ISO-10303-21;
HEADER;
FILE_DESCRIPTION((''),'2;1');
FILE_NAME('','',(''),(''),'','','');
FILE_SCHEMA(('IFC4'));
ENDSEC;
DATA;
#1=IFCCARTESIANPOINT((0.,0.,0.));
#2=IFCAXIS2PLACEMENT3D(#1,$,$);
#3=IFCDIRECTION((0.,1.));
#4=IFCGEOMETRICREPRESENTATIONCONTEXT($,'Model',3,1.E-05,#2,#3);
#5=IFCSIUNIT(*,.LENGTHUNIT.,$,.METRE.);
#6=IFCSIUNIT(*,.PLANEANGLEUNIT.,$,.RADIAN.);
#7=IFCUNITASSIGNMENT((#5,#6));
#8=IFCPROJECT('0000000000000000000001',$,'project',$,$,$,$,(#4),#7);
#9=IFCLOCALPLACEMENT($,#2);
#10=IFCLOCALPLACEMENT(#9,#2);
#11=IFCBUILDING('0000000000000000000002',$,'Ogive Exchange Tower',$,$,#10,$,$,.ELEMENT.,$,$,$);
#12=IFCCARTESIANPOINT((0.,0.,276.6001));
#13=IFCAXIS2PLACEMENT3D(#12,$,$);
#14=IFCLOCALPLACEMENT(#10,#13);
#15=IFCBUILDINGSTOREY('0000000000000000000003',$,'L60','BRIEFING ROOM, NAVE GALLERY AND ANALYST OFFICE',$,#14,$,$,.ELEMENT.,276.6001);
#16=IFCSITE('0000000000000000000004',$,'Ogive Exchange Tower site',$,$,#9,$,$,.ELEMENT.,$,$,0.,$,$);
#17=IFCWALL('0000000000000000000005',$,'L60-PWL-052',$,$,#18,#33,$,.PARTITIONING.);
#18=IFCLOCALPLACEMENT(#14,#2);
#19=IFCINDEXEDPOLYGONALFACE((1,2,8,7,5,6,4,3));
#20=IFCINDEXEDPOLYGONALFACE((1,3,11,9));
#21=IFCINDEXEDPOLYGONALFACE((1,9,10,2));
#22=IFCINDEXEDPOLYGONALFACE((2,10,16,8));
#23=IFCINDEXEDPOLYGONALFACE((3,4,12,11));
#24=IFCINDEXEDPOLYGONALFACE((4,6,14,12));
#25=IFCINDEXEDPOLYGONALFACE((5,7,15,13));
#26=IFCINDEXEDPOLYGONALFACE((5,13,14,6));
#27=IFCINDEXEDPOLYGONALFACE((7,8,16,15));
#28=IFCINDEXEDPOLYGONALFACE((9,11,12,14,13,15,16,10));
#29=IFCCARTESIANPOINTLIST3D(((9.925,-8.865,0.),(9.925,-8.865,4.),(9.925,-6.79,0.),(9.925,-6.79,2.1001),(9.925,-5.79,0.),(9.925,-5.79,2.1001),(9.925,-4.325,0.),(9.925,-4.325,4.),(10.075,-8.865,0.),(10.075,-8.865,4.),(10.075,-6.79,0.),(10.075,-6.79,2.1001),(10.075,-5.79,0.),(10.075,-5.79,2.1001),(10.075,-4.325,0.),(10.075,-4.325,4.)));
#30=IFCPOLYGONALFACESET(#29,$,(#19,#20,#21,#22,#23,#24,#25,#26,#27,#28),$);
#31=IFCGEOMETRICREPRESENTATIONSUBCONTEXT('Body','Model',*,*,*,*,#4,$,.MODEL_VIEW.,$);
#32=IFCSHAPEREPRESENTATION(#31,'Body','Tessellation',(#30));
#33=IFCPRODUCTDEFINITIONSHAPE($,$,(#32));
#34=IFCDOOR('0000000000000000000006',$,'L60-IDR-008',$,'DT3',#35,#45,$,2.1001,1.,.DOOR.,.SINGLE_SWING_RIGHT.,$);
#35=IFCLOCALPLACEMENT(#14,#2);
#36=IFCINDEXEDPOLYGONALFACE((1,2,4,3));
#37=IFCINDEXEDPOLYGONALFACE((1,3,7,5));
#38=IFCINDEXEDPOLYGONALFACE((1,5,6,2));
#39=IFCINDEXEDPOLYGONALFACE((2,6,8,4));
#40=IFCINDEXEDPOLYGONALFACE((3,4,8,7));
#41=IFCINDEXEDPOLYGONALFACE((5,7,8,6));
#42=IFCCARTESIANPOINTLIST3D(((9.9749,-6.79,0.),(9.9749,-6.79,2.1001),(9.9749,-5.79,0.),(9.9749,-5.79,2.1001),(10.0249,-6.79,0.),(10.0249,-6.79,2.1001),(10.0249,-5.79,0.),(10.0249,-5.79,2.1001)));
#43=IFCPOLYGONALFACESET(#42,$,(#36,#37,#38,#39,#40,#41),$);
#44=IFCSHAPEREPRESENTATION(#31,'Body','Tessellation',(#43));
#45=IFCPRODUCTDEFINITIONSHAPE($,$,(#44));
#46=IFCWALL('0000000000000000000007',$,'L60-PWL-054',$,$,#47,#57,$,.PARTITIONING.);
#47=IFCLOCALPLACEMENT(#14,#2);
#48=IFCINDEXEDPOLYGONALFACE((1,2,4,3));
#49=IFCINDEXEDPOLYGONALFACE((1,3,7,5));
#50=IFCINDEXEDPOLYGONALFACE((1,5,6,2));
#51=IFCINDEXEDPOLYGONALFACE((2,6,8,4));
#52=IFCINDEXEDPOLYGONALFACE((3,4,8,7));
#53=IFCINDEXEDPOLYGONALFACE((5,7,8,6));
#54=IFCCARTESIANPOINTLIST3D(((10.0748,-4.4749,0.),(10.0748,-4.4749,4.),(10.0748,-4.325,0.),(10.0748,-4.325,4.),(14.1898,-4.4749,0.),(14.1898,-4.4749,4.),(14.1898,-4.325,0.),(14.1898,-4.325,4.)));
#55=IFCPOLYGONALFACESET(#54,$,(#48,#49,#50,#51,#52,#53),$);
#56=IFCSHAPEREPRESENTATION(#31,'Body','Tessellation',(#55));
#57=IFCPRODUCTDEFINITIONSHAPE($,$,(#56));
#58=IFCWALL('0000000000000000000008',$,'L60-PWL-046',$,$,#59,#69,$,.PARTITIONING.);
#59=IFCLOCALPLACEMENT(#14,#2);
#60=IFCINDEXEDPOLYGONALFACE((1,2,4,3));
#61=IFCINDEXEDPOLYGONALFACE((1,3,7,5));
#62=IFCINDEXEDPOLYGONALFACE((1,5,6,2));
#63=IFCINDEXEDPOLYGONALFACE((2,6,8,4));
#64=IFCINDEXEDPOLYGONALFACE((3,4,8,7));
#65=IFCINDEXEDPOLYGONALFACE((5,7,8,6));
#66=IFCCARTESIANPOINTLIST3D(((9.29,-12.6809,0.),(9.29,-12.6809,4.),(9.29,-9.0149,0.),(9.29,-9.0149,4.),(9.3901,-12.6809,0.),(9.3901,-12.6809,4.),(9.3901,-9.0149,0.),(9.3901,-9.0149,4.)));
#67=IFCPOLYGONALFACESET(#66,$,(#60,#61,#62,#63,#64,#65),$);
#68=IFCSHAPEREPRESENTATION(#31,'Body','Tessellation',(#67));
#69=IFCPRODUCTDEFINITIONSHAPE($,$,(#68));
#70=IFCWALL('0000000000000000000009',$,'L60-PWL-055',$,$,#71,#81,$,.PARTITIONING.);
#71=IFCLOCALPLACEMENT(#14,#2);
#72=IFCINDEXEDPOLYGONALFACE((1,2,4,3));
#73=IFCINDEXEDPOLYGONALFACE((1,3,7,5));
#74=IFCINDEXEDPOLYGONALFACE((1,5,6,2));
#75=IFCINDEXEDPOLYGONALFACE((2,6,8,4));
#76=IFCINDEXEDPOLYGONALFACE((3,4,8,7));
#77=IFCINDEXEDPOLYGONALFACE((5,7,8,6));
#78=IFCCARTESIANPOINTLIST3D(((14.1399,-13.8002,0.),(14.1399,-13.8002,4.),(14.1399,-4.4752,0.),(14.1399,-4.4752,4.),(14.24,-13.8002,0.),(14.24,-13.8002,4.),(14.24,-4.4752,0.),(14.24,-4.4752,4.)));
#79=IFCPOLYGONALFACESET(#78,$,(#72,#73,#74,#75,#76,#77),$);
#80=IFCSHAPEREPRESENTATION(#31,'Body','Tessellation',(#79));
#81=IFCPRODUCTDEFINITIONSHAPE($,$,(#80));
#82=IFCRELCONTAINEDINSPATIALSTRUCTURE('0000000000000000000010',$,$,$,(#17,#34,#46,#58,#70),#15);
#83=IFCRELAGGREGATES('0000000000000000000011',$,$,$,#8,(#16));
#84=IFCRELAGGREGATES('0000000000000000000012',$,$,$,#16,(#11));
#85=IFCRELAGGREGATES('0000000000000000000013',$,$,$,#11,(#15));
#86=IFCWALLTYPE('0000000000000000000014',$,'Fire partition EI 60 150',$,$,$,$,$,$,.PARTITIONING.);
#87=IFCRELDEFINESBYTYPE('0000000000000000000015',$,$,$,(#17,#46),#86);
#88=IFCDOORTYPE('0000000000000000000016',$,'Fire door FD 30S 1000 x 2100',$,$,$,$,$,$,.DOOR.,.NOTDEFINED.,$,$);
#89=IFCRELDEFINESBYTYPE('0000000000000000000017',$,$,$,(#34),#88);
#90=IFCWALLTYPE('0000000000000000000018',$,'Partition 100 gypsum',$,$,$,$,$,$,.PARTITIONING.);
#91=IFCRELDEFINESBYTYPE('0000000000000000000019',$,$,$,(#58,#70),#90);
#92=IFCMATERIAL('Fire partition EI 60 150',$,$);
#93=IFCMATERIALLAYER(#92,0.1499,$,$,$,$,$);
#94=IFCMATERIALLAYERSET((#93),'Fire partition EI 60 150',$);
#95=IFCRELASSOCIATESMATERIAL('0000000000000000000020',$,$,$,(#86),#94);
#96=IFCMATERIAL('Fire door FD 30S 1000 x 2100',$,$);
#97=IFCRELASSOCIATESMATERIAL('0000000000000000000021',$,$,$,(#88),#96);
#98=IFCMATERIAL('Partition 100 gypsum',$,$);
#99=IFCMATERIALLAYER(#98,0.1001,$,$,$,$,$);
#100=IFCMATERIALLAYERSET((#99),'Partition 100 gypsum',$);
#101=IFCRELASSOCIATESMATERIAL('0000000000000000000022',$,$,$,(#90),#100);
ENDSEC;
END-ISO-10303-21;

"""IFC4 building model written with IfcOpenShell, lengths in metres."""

from ifc_helpers import new_model, si_unit, direction, frame, frame_2d, origin, place, context, subcontext, project, spatial, rectangle, extrude, material, layer, layer_set, type_object, element, fill, save


model = new_model("IFC4")

# Units and contexts
model_context = context("Model", 3, precision=1e-05, world=origin(), true_north=direction((0.0, 1.0)))
body_context = subcontext(model_context, "Body", "Model", "MODEL_VIEW")
ifc_project = project(units=[si_unit("LENGTHUNIT", "METRE"), si_unit("PLANEANGLEUNIT", "RADIAN")], contexts=[model_context])

# Site, building, storey
site_placement = place(None, origin())
site = spatial("IfcSite", under=ifc_project, at=site_placement, Name="Ogive Exchange Tower site", CompositionType="ELEMENT", RefElevation=0.0)
building_placement = place(site_placement, origin())
building = spatial("IfcBuilding", under=site, at=building_placement, Name="Ogive Exchange Tower", CompositionType="ELEMENT")
storey_placement = place(building_placement, frame((0.0, 0.0, 276.6001)))
storey = spatial("IfcBuildingStorey", under=building, at=storey_placement, Name="L60", Description="BRIEFING ROOM, NAVE GALLERY AND ANALYST OFFICE", CompositionType="ELEMENT", Elevation=276.6001)

# Shared definitions
ifc_material_1 = material(Name="Fire partition EI 60 150")
ifc_layer_1 = layer(ifc_material_1, 0.1499)
ifc_layer_set_1 = layer_set([ifc_layer_1], Name="Fire partition EI 60 150")
wall_type_1 = type_object("IfcWallType", Name="Fire partition EI 60 150", PredefinedType="PARTITIONING", material=ifc_layer_set_1)

# Shared definitions
ifc_material_2 = material(Name="Fire door FD 30S 1000 x 2100")
door_type_1 = type_object("IfcDoorType", Name="Fire door FD 30S 1000 x 2100", OperationType="NOTDEFINED", PredefinedType="DOOR", material=ifc_material_2)

# Wall, opening, door
wall_1_placement = place(storey_placement, frame((10.0, -4.325, 0.0), z_axis=(0.0, 0.0, 1.0), x_axis=(0.0, -1.0, 0.0)))
wall_1 = element("IfcWall", 1, at=wall_1_placement, inside=storey, type_object=wall_type_1, Name="L60-PWL-052", PredefinedType="PARTITIONING", context=body_context, shape_type="SweptSolid", body=[
    extrude(rectangle(XDim=4.54, YDim=0.1499, at=frame_2d((2.27, 0.0))), origin(), (0.0, 0.0, 1.0), 4.0),
])
opening_1_placement = place(wall_1_placement, frame((1.4651, 0.0, 0.0)))
opening_1 = element("IfcOpeningElement", 2, at=opening_1_placement, cuts=wall_1, PredefinedType="OPENING", context=body_context, shape_type="SweptSolid", body=[
    extrude(rectangle(XDim=1.0, YDim=2.1001, at=frame_2d((0.5, 1.05))), frame((0.0, 0.085, 0.0), z_axis=(0.0, -1.0, 0.0), x_axis=(1.0, 0.0, 0.0)), (0.0, 0.0, 1.0), 0.1699),
])
door_1_placement = place(opening_1_placement, origin())
door_1 = element("IfcDoor", 3, at=door_1_placement, inside=storey, type_object=door_type_1, Name="L60-IDR-008", ObjectType="DT3", OperationType="SINGLE_SWING_RIGHT", OverallHeight=2.1001, OverallWidth=1.0, PredefinedType="DOOR", context=body_context, shape_type="SweptSolid", body=[
    extrude(rectangle(XDim=1.0, YDim=2.1001, at=frame_2d((0.5, 1.05))), frame((0.0, 0.0249, 0.0), z_axis=(0.0, -1.0, 0.0), x_axis=(1.0, 0.0, 0.0)), (0.0, 0.0, 1.0), 0.05),
])
fill(opening_1, door_1)

# Walls
wall_2_placement = place(storey_placement, frame((14.1899, -4.3999, 0.0), z_axis=(0.0, 0.0, 1.0), x_axis=(-1.0, 0.0, 0.0)))
element("IfcWall", 4, at=wall_2_placement, inside=storey, type_object=wall_type_1, Name="L60-PWL-054", PredefinedType="PARTITIONING", context=body_context, shape_type="SweptSolid", body=[
    extrude(rectangle(XDim=4.115, YDim=0.1499, at=frame_2d((2.0576, 0.0))), origin(), (0.0, 0.0, 1.0), 4.0),
])
ifc_material_3 = material(Name="Partition 100 gypsum")
ifc_layer_2 = layer(ifc_material_3, 0.1001)
ifc_layer_set_2 = layer_set([ifc_layer_2], Name="Partition 100 gypsum")
wall_type_2 = type_object("IfcWallType", Name="Partition 100 gypsum", PredefinedType="PARTITIONING", material=ifc_layer_set_2)
wall_3_placement = place(storey_placement, frame((9.3401, -9.0149, 0.0), z_axis=(0.0, 0.0, 1.0), x_axis=(0.0, -1.0, 0.0)))
element("IfcWall", 5, at=wall_3_placement, inside=storey, type_object=wall_type_2, Name="L60-PWL-046", PredefinedType="PARTITIONING", context=body_context, shape_type="SweptSolid", body=[
    extrude(rectangle(XDim=3.666, YDim=0.1001, at=frame_2d((1.833, 0.0))), origin(), (0.0, 0.0, 1.0), 4.0),
])
wall_4_placement = place(storey_placement, frame((14.1899, -4.4751, 0.0), z_axis=(0.0, 0.0, 1.0), x_axis=(0.0, -1.0, 0.0)))
element("IfcWall", 6, at=wall_4_placement, inside=storey, type_object=wall_type_2, Name="L60-PWL-055", PredefinedType="PARTITIONING", context=body_context, shape_type="SweptSolid", body=[
    extrude(rectangle(XDim=9.325, YDim=0.1001, at=frame_2d((4.6626, 0.0))), origin(), (0.0, 0.0, 1.0), 4.0),
])

save(model, "model.ifc")
